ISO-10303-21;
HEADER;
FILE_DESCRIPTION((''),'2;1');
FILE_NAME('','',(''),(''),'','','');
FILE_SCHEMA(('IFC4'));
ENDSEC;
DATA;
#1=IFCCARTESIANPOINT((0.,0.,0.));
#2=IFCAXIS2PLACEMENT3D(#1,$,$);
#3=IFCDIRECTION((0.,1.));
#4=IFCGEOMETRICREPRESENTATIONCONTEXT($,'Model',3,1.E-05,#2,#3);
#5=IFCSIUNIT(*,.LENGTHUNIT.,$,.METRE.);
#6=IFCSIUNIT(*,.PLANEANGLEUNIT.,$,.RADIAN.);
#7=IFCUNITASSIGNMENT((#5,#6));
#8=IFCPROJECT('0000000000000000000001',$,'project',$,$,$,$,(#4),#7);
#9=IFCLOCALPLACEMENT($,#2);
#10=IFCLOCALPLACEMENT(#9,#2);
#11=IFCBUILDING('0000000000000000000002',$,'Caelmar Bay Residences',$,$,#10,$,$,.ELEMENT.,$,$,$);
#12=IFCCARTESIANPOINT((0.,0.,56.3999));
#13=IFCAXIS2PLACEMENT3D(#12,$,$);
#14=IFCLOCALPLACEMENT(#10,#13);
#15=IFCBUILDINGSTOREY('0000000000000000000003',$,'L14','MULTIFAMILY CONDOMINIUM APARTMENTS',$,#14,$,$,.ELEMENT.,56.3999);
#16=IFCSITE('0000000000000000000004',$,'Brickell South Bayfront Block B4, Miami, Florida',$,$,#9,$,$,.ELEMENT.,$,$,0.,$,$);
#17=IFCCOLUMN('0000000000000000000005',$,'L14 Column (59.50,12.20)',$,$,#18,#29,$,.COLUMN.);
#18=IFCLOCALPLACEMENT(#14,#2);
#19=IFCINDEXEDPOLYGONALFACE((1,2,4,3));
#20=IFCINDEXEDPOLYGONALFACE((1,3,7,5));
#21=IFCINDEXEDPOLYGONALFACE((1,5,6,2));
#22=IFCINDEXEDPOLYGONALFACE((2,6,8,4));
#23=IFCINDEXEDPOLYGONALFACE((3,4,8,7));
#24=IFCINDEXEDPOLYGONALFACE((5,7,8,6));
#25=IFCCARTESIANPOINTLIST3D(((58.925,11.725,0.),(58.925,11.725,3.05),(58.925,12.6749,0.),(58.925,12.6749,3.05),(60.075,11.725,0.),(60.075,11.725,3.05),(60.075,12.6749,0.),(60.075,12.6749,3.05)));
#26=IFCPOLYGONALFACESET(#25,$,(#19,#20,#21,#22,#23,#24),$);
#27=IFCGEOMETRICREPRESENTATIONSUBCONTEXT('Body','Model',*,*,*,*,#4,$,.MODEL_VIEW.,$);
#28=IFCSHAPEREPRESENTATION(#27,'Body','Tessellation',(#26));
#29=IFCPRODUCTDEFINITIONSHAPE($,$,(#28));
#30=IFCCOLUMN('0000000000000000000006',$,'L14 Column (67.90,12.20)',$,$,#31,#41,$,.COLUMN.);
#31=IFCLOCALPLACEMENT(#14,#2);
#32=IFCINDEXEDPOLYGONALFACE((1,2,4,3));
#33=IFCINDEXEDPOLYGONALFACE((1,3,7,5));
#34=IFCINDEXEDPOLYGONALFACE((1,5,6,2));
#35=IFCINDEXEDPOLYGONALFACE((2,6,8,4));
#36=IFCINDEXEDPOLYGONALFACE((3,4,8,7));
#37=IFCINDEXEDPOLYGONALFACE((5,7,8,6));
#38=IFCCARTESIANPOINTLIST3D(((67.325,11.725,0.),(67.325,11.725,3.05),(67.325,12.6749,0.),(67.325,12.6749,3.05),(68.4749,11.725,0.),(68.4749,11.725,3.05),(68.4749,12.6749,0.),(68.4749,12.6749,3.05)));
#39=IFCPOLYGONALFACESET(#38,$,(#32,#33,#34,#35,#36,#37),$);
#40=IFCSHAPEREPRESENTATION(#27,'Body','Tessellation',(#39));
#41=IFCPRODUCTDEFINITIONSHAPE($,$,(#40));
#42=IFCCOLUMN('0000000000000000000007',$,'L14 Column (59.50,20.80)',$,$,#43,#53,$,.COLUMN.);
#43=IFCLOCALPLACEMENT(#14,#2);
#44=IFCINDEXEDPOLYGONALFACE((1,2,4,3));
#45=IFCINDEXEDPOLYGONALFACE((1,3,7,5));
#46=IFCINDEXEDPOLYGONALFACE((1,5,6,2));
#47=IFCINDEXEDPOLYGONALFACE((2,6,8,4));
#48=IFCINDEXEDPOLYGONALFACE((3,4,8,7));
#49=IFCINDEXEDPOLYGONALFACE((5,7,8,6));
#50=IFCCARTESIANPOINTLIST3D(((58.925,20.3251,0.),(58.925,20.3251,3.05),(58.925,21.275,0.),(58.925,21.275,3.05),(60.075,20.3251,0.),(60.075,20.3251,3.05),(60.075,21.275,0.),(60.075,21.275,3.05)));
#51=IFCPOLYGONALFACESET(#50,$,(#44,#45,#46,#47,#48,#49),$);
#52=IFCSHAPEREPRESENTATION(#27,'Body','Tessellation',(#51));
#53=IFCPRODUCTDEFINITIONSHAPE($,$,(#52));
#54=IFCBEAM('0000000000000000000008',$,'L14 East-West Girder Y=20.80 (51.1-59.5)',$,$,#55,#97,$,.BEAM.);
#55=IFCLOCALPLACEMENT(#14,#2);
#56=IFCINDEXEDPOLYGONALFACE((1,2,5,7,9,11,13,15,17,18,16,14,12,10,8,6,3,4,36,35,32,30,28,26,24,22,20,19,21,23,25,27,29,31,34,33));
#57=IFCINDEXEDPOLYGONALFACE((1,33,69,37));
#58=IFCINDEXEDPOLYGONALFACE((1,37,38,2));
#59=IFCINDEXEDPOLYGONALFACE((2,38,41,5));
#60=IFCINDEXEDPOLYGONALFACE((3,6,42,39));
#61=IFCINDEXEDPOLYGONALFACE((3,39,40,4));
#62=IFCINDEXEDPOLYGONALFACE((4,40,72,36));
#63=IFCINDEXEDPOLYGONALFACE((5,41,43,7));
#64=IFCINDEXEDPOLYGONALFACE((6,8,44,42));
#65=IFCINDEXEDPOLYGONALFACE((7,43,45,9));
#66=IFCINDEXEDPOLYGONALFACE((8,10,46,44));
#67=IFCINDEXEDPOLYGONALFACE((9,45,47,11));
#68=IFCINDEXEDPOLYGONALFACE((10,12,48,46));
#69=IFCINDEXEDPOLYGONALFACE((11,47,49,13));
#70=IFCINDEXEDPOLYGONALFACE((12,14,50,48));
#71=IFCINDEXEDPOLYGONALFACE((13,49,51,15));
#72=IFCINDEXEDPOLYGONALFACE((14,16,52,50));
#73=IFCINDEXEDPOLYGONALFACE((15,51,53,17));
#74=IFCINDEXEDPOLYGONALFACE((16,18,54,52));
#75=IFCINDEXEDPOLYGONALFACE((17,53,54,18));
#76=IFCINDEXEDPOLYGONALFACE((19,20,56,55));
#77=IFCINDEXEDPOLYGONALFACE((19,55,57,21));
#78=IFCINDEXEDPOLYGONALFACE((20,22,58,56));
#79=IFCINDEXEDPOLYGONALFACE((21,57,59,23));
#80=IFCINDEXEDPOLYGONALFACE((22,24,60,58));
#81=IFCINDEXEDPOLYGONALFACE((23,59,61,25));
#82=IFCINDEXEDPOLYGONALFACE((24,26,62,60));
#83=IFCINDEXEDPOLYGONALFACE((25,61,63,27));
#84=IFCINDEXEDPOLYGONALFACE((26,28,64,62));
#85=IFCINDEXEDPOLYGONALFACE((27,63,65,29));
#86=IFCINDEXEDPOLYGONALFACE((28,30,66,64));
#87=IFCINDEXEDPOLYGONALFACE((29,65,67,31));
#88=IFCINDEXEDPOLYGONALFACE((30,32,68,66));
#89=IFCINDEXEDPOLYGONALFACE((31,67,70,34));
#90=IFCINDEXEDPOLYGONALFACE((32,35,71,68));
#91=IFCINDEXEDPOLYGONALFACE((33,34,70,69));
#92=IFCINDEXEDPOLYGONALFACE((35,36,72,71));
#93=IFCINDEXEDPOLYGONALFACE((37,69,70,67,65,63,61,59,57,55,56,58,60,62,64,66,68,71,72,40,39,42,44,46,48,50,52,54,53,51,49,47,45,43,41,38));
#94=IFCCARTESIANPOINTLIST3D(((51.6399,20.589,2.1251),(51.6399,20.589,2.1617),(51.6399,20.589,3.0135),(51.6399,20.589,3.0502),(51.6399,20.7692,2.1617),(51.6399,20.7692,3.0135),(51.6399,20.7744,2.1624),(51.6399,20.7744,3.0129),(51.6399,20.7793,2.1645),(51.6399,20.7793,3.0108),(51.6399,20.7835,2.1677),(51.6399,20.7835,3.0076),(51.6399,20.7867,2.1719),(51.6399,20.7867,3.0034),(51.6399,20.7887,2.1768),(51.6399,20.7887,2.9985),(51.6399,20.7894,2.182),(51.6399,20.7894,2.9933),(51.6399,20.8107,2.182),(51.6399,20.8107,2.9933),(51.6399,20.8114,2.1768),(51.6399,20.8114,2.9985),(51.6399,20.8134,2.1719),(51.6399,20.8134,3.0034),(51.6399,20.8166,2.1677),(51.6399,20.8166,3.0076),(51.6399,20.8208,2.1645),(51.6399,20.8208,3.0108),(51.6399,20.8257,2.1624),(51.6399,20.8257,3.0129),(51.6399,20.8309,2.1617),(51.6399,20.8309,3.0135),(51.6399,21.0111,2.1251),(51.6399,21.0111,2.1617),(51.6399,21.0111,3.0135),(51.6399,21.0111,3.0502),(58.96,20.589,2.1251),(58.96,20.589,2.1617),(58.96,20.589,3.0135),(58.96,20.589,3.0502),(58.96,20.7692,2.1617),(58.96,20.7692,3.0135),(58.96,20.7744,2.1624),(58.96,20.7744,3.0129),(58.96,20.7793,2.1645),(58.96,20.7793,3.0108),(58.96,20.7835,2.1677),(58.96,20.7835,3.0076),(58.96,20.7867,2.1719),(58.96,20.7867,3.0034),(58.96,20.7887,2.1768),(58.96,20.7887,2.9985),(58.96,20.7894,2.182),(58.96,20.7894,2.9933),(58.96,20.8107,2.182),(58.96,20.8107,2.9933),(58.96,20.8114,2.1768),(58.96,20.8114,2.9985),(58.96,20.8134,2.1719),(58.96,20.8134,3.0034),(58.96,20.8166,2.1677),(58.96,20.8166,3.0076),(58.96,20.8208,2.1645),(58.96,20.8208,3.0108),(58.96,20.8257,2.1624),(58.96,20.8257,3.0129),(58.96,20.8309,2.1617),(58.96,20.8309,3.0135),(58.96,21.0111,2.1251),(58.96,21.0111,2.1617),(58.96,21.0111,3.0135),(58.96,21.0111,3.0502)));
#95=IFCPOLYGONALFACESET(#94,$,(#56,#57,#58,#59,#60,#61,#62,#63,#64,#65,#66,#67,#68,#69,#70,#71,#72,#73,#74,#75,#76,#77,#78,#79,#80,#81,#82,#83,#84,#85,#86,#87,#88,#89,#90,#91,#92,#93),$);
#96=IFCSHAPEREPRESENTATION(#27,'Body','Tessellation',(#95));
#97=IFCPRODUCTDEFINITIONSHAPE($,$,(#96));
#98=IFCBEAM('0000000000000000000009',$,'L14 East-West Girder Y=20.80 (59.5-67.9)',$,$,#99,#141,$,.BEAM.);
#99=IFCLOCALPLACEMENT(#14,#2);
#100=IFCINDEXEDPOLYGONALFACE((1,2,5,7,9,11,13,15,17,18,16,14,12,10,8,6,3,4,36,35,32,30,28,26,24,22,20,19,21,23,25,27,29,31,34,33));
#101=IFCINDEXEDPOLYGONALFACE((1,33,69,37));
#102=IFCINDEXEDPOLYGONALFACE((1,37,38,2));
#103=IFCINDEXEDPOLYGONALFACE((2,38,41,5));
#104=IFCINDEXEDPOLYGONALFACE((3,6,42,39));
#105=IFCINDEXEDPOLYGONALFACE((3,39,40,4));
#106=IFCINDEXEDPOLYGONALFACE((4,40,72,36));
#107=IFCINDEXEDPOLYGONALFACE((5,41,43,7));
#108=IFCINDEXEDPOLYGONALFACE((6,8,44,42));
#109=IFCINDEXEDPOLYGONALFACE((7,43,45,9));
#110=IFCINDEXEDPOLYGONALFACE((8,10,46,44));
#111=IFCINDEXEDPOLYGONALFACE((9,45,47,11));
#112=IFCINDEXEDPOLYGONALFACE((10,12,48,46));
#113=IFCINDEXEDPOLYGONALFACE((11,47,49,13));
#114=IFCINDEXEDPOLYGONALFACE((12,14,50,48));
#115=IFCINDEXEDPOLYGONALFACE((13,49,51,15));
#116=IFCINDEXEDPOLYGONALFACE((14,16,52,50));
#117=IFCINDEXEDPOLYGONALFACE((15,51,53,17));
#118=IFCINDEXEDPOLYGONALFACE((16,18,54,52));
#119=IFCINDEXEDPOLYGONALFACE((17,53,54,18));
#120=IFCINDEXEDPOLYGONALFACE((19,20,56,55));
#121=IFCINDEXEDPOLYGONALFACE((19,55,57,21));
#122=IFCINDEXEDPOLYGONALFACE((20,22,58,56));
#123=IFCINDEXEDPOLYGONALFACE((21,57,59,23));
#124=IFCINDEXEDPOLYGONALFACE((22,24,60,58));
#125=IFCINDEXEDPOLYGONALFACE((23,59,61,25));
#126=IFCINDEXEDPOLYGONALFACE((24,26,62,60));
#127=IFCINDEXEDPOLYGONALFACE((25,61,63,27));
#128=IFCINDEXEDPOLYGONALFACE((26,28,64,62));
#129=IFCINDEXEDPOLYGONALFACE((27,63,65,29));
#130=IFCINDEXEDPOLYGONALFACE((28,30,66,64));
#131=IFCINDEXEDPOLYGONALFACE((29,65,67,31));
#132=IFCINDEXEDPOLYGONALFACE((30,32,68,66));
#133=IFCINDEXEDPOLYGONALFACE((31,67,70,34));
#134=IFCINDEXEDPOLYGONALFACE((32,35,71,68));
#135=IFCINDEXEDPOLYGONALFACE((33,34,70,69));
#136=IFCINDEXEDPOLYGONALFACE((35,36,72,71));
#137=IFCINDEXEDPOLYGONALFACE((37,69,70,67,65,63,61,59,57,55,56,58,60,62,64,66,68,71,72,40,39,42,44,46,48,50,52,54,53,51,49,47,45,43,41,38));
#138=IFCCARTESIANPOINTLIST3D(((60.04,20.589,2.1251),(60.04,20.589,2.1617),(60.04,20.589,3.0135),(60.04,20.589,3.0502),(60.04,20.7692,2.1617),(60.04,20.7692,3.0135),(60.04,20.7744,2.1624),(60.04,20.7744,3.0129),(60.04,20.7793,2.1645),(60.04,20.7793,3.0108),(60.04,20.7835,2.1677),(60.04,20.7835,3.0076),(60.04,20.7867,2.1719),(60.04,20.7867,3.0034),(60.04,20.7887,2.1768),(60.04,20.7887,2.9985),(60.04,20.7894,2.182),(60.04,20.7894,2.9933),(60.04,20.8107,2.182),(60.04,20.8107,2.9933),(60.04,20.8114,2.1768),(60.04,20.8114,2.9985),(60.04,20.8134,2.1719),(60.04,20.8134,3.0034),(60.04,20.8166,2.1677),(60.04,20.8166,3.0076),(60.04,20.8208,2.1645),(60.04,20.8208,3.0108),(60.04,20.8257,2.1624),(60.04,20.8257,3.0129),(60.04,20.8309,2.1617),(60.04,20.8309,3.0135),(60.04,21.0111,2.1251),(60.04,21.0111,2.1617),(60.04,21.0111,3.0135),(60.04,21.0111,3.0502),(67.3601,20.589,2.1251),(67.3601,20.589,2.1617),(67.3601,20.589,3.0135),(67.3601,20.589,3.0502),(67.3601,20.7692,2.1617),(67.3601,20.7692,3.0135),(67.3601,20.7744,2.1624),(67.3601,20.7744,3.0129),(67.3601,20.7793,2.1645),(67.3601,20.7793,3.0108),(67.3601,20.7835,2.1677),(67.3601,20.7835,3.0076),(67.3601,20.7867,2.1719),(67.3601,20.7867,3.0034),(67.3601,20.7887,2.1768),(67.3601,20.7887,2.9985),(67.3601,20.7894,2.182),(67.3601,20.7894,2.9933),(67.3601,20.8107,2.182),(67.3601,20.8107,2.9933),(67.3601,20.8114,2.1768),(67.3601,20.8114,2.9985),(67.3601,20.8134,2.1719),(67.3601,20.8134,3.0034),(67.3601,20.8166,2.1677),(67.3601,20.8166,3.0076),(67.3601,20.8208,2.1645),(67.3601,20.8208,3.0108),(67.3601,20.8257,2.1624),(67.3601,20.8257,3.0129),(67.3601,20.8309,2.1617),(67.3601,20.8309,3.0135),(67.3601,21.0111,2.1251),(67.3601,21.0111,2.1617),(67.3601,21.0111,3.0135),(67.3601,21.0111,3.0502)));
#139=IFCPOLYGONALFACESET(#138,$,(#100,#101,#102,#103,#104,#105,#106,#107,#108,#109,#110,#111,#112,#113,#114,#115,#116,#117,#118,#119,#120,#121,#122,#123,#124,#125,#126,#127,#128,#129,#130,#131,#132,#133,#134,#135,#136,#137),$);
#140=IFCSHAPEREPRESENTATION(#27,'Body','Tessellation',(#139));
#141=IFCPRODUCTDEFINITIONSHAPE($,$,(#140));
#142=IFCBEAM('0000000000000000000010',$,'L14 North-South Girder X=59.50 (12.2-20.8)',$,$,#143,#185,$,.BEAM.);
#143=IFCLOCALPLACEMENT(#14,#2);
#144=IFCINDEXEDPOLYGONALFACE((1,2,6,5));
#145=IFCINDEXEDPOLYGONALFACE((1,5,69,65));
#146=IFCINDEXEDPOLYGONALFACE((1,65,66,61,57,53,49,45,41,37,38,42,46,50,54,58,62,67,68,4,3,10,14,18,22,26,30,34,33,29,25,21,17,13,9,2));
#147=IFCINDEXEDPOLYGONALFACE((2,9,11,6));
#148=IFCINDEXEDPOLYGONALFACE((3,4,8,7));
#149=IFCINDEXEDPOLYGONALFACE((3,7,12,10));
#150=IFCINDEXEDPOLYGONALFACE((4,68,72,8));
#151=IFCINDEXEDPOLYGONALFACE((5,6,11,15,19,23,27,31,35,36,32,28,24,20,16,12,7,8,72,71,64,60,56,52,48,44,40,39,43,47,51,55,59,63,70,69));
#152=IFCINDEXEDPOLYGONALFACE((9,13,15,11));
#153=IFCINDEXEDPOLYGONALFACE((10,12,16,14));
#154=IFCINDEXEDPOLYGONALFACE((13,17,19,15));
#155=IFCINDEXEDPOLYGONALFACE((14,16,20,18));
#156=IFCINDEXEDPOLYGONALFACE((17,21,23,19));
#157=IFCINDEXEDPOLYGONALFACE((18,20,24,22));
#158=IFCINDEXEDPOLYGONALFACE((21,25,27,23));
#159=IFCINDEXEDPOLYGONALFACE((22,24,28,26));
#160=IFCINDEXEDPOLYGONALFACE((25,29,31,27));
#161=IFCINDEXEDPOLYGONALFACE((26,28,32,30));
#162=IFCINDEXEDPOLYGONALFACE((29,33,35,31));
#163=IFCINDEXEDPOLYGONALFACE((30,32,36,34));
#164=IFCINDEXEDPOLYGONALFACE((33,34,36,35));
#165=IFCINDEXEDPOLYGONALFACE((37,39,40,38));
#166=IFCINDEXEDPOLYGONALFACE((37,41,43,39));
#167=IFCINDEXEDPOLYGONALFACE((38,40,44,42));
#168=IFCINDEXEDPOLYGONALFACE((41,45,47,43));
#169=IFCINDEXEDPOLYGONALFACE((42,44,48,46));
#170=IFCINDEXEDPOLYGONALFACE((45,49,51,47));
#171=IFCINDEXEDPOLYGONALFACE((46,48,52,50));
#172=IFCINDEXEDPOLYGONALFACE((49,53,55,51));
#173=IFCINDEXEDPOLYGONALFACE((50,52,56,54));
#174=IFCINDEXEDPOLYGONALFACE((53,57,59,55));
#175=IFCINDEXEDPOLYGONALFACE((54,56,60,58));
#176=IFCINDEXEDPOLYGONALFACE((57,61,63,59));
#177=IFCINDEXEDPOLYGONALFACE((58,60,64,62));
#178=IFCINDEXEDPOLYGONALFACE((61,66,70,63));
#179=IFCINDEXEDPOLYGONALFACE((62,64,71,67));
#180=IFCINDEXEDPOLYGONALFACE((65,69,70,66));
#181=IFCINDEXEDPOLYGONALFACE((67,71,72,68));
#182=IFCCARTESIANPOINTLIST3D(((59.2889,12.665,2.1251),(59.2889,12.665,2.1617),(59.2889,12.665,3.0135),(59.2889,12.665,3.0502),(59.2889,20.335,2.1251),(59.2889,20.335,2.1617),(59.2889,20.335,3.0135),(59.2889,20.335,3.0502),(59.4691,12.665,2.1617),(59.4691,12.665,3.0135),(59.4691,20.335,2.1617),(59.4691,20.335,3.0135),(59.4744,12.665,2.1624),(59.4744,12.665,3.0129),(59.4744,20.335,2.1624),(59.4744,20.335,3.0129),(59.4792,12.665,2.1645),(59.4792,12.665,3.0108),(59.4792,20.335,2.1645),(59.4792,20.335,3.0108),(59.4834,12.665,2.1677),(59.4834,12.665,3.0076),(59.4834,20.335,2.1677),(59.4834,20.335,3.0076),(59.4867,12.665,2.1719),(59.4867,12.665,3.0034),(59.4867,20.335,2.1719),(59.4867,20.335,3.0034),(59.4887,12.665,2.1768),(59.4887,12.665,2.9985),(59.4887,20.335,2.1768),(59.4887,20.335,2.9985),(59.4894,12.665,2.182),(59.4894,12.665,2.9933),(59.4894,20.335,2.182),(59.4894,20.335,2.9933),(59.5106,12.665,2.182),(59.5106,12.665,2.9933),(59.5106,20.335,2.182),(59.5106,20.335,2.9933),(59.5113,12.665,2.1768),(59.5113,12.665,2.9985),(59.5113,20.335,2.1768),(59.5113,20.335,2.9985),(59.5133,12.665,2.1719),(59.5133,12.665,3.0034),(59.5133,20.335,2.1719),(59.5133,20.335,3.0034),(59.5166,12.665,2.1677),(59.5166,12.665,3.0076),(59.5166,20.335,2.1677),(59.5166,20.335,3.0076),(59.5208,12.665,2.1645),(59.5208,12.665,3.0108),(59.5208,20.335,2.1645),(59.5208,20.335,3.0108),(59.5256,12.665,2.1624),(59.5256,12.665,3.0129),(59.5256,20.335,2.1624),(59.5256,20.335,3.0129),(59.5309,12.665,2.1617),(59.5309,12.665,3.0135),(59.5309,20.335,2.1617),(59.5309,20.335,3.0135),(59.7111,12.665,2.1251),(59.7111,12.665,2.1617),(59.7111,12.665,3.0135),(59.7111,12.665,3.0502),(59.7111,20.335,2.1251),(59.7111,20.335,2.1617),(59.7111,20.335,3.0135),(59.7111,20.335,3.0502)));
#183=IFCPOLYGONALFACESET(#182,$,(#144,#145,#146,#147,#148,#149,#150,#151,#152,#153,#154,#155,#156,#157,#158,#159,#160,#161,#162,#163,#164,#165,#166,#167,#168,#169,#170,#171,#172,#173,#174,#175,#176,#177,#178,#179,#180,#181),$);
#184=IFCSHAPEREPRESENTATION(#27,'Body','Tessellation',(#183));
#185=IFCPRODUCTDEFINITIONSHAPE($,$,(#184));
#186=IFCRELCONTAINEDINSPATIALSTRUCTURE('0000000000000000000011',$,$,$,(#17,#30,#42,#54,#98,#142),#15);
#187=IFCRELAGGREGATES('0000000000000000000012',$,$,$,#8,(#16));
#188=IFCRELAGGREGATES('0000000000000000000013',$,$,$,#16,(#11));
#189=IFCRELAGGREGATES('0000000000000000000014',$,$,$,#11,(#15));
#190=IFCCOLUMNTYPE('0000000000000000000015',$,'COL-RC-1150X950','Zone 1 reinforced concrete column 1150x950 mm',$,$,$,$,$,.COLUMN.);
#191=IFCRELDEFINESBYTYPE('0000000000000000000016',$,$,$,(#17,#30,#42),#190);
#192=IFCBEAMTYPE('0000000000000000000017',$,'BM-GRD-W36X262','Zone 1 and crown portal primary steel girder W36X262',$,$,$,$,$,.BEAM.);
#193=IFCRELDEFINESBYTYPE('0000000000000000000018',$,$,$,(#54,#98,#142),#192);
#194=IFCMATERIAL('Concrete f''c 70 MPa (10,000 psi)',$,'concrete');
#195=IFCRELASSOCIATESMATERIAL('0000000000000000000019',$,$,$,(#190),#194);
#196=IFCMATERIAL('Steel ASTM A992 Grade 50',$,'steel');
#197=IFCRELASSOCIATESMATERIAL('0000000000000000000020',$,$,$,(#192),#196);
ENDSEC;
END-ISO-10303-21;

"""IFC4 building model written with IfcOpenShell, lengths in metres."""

from ifc_helpers import new_model, si_unit, direction, frame, origin, origin_2d, place, context, subcontext, project, spatial, rectangle, i_section, extrude, material, material_profile, profile_set, type_object, element, save


model = new_model("IFC4")

# Units and contexts
model_context = context("Model", 3, precision=1e-05, world=origin(), true_north=direction((0.0, 1.0)))
body_context = subcontext(model_context, "Body", "Model", "MODEL_VIEW")
ifc_project = project(units=[si_unit("LENGTHUNIT", "METRE"), si_unit("PLANEANGLEUNIT", "RADIAN")], contexts=[model_context])

# Site, building, storey
site_placement = place(None, origin())
site = spatial("IfcSite", under=ifc_project, at=site_placement, Name="Brickell South Bayfront Block B4, Miami, Florida", CompositionType="ELEMENT", RefElevation=0.0)
building_placement = place(site_placement, origin())
building = spatial("IfcBuilding", under=site, at=building_placement, Name="Caelmar Bay Residences", CompositionType="ELEMENT")
storey_placement = place(building_placement, frame((0.0, 0.0, 56.3999)))
storey = spatial("IfcBuildingStorey", under=building, at=storey_placement, Name="L14", Description="MULTIFAMILY CONDOMINIUM APARTMENTS", CompositionType="ELEMENT", Elevation=56.3999)

# Columns
ifc_material_1 = material(Name="Concrete f'c 70 MPa (10,000 psi)", Category="concrete")
ifc_material_profile_1 = material_profile(ifc_material_1, rectangle(XDim=1.1499, YDim=0.95, at=origin_2d()), Name="RC-COL-1150X950")
ifc_profile_set_1 = profile_set([ifc_material_profile_1], Name="Concrete f'c 70 MPa (10,000 psi)")
column_type = type_object("IfcColumnType", Name="COL-RC-1150X950", Description="Zone 1 reinforced concrete column 1150x950 mm", PredefinedType="COLUMN", material=ifc_profile_set_1)
for number, where, z_axis, x_axis, name in (
    (1, (59.5, 12.2, 0.0), (0.0, 0.0, 1.0), (1.0, 0.0, 0.0), "L14 Column (59.50,12.20)"),
    (2, (67.8999, 12.2, 0.0), (0.0, 0.0, 1.0), (1.0, 0.0, 0.0), "L14 Column (67.90,12.20)"),
    (3, (59.5, 20.8, 0.0), (0.0, 0.0, 1.0), (1.0, 0.0, 0.0), "L14 Column (59.50,20.80)"),
):
    element("IfcColumn", number, at=place(storey_placement, frame(where, z_axis=z_axis, x_axis=x_axis)), inside=storey, type_object=column_type, Name=name, PredefinedType="COLUMN", context=body_context, shape_type="SweptSolid", body=[
        extrude(rectangle(XDim=1.1499, YDim=0.95, at=origin_2d()), origin(), (0.0, 0.0, 1.0), 3.05),
    ])

# Beams
ifc_material_2 = material(Name="Steel ASTM A992 Grade 50", Category="steel")
ifc_material_profile_2 = material_profile(ifc_material_2, i_section(OverallWidth=0.4221, OverallDepth=0.925, WebThickness=0.0212, FlangeThickness=0.0366, FilletRadius=0.0203, at=origin_2d()), Name="W36X262")
ifc_profile_set_2 = profile_set([ifc_material_profile_2], Name="Steel ASTM A992 Grade 50")
beam_type_1 = type_object("IfcBeamType", Name="BM-GRD-W36X262", Description="Zone 1 and crown portal primary steel girder W36X262", PredefinedType="BEAM", material=ifc_profile_set_2)
for number, where, z_axis, x_axis, name in (
    (4, (51.6399, 20.8, 2.5876), (1.0, 0.0, 0.0), (0.0, 1.0, 0.0), "L14 East-West Girder Y=20.80 (51.1-59.5)"),
    (5, (60.04, 20.8, 2.5876), (1.0, 0.0, 0.0), (0.0, 1.0, 0.0), "L14 East-West Girder Y=20.80 (59.5-67.9)"),
):
    element("IfcBeam", number, at=place(storey_placement, frame(where, z_axis=z_axis, x_axis=x_axis)), inside=storey, type_object=beam_type_1, Name=name, PredefinedType="BEAM", context=body_context, shape_type="SweptSolid", body=[
        extrude(i_section(OverallWidth=0.4221, OverallDepth=0.925, WebThickness=0.0212, FlangeThickness=0.0366, FilletRadius=0.0203, at=origin_2d()), origin(), (0.0, 0.0, 1.0), 7.3201),
    ])
beam_1_placement = place(storey_placement, frame((59.5, 12.665, 2.5876), z_axis=(0.0, 1.0, 0.0), x_axis=(-1.0, 0.0, 0.0)))
element("IfcBeam", 6, at=beam_1_placement, inside=storey, type_object=beam_type_1, Name="L14 North-South Girder X=59.50 (12.2-20.8)", PredefinedType="BEAM", context=body_context, shape_type="SweptSolid", body=[
    extrude(i_section(OverallWidth=0.4221, OverallDepth=0.925, WebThickness=0.0212, FlangeThickness=0.0366, FilletRadius=0.0203, at=origin_2d()), origin(), (0.0, 0.0, 1.0), 7.6699),
])

save(model, "model.ifc")
